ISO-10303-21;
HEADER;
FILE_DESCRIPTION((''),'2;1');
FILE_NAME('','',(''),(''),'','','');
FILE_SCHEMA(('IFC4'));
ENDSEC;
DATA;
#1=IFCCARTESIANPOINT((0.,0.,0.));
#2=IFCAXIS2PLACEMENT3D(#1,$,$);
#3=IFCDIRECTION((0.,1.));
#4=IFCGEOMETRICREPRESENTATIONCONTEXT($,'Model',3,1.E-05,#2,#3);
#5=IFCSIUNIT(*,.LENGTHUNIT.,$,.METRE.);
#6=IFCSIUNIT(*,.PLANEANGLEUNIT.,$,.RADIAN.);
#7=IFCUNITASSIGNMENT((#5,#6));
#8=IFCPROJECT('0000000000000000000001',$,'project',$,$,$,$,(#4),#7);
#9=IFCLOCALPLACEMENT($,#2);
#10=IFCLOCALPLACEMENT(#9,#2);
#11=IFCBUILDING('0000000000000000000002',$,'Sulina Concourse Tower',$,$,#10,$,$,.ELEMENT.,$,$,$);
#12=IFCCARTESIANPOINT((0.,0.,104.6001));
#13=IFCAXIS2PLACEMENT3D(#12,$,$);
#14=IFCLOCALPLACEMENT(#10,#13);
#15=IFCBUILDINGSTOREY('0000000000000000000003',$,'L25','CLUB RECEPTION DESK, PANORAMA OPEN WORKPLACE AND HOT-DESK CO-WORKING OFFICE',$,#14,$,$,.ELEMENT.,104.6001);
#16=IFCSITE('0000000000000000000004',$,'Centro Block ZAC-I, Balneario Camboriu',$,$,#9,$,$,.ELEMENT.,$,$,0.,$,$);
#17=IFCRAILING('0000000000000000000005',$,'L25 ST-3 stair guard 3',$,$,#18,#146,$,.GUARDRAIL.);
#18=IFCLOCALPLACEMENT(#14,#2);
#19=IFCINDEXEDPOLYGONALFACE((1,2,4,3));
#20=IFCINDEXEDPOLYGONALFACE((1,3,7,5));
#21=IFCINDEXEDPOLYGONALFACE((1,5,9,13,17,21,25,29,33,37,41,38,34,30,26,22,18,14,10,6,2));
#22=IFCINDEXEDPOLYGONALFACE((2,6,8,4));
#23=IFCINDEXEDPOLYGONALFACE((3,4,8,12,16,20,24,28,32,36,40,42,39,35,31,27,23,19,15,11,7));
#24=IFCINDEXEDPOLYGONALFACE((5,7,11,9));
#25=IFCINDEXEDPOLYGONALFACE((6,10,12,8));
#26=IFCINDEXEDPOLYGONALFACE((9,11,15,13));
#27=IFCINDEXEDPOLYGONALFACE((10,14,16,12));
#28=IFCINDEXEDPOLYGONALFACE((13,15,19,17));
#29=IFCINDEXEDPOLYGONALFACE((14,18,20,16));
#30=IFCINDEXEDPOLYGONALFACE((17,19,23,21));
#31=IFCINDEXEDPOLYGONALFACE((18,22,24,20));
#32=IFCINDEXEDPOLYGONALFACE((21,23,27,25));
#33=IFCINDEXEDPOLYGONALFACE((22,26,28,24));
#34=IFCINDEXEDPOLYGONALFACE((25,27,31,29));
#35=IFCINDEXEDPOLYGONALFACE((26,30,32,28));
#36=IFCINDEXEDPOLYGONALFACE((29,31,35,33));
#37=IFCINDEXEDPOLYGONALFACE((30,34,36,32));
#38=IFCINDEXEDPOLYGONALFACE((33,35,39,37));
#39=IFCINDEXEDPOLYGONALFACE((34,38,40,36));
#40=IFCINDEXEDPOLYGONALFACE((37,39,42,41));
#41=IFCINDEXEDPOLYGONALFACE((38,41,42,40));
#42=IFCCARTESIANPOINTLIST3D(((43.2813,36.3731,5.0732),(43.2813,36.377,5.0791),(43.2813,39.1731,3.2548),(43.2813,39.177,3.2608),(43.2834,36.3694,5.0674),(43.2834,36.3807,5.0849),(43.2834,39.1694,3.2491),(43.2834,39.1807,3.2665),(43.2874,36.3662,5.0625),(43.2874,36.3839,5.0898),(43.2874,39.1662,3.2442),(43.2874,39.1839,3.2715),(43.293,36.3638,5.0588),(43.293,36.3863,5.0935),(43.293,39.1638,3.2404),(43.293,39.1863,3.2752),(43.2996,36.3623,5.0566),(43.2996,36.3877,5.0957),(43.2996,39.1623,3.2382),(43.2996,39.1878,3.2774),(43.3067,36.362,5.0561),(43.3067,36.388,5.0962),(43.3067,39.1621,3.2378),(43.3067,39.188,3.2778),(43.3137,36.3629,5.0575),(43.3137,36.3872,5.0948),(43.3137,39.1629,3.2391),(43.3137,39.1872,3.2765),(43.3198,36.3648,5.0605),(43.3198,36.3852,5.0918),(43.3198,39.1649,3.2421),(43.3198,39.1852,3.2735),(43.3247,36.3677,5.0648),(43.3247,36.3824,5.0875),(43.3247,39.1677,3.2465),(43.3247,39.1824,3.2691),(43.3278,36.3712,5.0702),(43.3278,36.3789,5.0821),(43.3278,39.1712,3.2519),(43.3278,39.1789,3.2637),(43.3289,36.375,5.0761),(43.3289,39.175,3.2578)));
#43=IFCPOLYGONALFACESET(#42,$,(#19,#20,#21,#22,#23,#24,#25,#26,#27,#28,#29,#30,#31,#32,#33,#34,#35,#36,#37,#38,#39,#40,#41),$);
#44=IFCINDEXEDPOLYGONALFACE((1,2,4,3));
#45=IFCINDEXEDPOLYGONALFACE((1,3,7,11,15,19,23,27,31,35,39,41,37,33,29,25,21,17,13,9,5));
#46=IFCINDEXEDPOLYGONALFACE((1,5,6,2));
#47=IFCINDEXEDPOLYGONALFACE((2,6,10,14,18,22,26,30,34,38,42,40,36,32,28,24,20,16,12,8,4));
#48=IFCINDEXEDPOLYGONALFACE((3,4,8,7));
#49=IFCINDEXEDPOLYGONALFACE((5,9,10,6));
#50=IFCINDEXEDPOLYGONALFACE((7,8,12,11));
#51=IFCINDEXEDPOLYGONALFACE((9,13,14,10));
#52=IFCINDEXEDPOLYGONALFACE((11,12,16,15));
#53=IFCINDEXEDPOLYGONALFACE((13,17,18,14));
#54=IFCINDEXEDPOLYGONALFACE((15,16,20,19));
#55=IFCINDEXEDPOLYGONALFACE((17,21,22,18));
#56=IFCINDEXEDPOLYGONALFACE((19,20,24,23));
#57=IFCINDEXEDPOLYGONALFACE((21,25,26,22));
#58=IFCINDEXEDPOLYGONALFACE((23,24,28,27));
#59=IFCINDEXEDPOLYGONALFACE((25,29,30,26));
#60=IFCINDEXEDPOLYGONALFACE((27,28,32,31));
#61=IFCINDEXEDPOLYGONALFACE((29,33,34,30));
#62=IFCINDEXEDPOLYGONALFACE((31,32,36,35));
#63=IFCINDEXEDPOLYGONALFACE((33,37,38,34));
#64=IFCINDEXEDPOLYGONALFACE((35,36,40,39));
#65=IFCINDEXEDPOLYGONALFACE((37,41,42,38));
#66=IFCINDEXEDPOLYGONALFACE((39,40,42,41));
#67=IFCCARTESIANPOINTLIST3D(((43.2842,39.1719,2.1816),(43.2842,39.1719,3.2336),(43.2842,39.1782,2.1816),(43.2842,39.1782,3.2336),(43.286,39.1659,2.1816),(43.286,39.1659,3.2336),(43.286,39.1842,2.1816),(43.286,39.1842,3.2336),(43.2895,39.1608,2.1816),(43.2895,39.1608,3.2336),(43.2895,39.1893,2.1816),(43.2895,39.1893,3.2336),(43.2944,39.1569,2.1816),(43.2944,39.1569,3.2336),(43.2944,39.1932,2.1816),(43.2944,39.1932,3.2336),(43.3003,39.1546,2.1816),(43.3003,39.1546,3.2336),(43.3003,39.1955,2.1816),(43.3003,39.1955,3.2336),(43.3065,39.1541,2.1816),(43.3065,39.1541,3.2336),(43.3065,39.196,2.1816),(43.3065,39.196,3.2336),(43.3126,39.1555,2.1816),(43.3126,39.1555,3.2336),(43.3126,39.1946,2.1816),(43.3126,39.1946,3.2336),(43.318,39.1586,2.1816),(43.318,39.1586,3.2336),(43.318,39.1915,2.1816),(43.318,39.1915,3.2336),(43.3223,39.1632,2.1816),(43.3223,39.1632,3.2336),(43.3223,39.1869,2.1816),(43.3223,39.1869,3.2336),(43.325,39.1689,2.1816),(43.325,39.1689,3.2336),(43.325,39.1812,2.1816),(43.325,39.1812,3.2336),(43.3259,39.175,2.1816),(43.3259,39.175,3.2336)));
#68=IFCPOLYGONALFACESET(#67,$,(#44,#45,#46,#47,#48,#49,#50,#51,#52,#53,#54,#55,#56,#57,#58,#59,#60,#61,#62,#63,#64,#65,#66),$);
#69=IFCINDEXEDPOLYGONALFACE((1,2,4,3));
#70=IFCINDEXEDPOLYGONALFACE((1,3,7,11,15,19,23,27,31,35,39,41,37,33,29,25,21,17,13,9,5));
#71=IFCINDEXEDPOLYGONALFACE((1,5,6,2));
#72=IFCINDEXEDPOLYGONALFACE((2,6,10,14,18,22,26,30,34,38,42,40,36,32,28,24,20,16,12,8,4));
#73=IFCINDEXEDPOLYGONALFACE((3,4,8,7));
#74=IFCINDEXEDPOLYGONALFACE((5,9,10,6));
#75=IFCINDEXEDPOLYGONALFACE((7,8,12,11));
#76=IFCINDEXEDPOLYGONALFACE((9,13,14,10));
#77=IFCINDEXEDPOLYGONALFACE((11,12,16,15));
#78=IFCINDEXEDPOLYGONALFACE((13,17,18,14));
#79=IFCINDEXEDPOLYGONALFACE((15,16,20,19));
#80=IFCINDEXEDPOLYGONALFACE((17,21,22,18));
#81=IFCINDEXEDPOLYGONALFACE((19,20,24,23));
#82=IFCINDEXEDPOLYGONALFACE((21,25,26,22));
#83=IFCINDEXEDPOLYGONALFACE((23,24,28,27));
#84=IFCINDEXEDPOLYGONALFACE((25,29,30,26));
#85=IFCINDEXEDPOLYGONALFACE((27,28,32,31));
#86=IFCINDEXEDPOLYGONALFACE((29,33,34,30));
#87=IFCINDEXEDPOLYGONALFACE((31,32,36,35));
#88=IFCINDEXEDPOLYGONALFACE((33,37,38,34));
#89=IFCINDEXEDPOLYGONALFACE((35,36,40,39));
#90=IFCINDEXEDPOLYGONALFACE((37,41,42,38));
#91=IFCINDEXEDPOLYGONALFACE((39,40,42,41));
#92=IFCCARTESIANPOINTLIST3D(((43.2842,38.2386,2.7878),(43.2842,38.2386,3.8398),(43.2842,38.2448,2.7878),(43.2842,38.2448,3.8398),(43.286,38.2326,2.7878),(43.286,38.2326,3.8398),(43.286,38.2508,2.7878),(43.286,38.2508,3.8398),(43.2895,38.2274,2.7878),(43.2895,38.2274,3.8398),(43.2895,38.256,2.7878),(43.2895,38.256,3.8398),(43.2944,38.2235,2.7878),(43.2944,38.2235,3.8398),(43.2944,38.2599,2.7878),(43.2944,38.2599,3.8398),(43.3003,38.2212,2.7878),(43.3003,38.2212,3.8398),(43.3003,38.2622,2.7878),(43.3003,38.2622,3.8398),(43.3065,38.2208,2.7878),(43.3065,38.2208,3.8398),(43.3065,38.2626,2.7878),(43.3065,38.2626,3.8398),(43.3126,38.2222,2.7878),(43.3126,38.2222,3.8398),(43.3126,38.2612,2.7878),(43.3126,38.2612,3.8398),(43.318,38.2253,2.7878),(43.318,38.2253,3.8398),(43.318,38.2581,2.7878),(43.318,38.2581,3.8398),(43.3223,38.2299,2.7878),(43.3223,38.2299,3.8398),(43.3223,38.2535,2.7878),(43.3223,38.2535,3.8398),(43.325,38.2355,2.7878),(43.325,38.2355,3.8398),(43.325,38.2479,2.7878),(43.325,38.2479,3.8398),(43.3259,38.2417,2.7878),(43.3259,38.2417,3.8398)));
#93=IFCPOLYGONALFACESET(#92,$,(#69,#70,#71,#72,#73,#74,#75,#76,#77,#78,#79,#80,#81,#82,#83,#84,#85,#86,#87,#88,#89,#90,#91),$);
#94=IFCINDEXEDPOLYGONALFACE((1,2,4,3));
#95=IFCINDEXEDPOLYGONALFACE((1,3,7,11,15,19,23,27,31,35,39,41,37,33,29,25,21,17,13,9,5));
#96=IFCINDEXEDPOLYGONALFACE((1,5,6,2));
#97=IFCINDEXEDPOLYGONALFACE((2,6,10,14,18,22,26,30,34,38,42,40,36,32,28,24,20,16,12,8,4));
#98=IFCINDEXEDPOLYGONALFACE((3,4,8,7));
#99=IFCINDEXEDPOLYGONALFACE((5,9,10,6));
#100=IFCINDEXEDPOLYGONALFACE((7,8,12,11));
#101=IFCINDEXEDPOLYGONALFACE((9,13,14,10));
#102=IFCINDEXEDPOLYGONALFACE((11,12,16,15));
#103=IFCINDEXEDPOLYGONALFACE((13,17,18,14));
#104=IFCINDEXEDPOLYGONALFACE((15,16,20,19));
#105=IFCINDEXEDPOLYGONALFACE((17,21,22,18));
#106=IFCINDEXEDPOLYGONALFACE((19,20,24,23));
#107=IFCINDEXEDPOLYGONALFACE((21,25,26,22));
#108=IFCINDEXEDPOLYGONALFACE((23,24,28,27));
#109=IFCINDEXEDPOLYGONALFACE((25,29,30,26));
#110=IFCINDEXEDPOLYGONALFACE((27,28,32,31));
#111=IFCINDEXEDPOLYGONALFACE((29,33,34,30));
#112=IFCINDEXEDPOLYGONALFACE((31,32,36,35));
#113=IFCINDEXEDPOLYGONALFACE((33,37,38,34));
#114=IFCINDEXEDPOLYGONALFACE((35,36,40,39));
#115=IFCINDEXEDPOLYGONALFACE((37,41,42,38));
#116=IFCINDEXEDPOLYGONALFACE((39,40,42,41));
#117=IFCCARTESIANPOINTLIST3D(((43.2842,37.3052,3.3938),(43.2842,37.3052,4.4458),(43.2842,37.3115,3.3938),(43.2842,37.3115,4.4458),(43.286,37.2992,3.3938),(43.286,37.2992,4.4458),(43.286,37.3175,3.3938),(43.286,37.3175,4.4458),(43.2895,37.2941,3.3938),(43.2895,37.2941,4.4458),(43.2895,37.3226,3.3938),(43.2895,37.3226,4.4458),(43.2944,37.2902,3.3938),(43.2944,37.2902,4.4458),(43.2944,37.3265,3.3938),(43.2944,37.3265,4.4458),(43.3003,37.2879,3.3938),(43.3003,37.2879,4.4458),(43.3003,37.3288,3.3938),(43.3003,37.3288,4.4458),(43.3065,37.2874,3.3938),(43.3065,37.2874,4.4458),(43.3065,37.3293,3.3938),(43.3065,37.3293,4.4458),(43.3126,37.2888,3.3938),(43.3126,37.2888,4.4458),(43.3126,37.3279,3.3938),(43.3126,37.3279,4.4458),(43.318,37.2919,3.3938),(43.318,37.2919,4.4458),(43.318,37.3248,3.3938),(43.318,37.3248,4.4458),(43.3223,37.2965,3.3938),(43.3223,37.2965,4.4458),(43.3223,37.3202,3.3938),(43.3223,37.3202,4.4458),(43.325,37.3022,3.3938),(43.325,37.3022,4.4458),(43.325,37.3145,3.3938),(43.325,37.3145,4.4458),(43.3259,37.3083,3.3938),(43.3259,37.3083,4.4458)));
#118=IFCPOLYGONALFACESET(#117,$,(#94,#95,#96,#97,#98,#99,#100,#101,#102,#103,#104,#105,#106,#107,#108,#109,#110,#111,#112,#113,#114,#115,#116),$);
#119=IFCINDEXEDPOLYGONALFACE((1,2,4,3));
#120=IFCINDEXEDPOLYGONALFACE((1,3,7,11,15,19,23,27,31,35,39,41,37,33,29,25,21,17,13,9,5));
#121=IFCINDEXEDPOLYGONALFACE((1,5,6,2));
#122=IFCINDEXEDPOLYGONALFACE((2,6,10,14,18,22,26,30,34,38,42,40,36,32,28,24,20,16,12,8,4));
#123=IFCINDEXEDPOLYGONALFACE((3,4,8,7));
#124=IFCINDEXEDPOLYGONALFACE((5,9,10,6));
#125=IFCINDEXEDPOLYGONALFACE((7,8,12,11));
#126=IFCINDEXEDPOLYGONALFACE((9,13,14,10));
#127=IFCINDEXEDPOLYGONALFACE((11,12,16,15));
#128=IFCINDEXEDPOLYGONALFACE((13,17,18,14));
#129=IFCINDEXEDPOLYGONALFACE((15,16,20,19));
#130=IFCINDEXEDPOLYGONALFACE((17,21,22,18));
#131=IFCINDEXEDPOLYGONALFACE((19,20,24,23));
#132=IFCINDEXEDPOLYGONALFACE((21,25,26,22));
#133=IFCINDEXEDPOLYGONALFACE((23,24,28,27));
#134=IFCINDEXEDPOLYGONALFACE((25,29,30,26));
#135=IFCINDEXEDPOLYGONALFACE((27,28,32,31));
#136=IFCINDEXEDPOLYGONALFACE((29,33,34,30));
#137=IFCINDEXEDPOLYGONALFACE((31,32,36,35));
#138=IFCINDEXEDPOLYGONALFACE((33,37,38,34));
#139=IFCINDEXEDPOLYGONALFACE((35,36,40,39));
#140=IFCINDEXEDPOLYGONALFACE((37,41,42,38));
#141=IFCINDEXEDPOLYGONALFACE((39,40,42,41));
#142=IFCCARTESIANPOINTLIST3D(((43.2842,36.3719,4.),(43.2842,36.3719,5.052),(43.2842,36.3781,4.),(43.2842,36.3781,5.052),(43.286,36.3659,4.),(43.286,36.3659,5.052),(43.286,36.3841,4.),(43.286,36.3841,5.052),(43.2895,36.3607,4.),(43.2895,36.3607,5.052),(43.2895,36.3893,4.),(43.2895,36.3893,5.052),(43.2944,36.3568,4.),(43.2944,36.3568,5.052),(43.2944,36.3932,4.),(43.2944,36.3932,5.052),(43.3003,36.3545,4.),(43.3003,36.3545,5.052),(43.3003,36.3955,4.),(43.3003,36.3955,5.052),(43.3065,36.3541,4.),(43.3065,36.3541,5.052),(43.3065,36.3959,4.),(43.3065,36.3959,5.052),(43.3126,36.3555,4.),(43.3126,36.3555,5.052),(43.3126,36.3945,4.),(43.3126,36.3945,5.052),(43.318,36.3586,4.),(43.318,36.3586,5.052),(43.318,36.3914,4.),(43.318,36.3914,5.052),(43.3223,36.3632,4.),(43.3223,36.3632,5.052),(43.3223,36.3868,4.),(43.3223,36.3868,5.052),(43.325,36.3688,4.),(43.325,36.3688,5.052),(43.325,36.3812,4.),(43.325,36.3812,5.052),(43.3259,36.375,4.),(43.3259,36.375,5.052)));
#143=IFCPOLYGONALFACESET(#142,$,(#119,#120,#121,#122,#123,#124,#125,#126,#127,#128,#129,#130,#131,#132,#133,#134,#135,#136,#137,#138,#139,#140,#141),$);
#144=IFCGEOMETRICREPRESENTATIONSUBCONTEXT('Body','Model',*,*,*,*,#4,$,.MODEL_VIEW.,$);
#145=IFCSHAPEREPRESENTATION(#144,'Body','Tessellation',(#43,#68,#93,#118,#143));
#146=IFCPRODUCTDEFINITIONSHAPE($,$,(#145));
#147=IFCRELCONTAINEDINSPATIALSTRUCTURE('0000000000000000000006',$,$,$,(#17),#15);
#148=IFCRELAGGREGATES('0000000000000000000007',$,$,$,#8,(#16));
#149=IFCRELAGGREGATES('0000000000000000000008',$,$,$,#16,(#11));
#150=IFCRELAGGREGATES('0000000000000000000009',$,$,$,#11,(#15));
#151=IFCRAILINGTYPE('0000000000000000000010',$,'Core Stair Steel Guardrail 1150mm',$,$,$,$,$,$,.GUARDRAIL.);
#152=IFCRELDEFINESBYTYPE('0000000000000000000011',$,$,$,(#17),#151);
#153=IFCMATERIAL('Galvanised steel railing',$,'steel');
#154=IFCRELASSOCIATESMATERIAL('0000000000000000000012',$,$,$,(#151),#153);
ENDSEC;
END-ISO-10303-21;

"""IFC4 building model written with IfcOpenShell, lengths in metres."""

from ifc_helpers import new_model, si_unit, direction, frame, origin, origin_2d, place, context, subcontext, project, spatial, circle, extrude, material, type_object, element, save


model = new_model("IFC4")

# Units and contexts
model_context = context("Model", 3, precision=1e-05, world=origin(), true_north=direction((0.0, 1.0)))
body_context = subcontext(model_context, "Body", "Model", "MODEL_VIEW")
ifc_project = project(units=[si_unit("LENGTHUNIT", "METRE"), si_unit("PLANEANGLEUNIT", "RADIAN")], contexts=[model_context])

# Site, building, storey
site_placement = place(None, origin())
site = spatial("IfcSite", under=ifc_project, at=site_placement, Name="Centro Block ZAC-I, Balneario Camboriu", CompositionType="ELEMENT", RefElevation=0.0)
building_placement = place(site_placement, origin())
building = spatial("IfcBuilding", under=site, at=building_placement, Name="Sulina Concourse Tower", CompositionType="ELEMENT")
storey_placement = place(building_placement, frame((0.0, 0.0, 104.6001)))
storey = spatial("IfcBuildingStorey", under=building, at=storey_placement, Name="L25", Description="CLUB RECEPTION DESK, PANORAMA OPEN WORKPLACE AND HOT-DESK CO-WORKING OFFICE", CompositionType="ELEMENT", Elevation=104.6001)

# Railing
ifc_material_1 = material(Name="Galvanised steel railing", Category="steel")
railing_type_1 = type_object("IfcRailingType", Name="Core Stair Steel Guardrail 1150mm", PredefinedType="GUARDRAIL", material=ifc_material_1)
railing_1_placement = place(storey_placement, frame((43.3049, 39.175, 2.1816)))
element("IfcRailing", 1, at=railing_1_placement, inside=storey, type_object=railing_type_1, Name="L25 ST-3 stair guard 3", PredefinedType="GUARDRAIL", context=body_context, shape_type="SweptSolid", body=[
    extrude(circle(Radius=0.0239, at=origin_2d()), frame((0.0, 0.0, 1.0762), z_axis=(0.0, -0.838672, 0.544636), x_axis=(1.0, 0.0, 0.0)), (0.0, 0.0, 1.0), 3.3386),
    extrude(circle(Radius=0.021, at=origin_2d()), origin(), (0.0, 0.0, 1.0), 1.052),
    extrude(circle(Radius=0.021, at=origin_2d()), frame((0.0, -0.9333, 0.6062)), (0.0, 0.0, 1.0), 1.052),
    extrude(circle(Radius=0.021, at=origin_2d()), frame((0.0, -1.8667, 1.2122)), (0.0, 0.0, 1.0), 1.052),
    extrude(circle(Radius=0.021, at=origin_2d()), frame((0.0, -2.8, 1.8184)), (0.0, 0.0, 1.0), 1.052),
])

save(model, "model.ifc")
